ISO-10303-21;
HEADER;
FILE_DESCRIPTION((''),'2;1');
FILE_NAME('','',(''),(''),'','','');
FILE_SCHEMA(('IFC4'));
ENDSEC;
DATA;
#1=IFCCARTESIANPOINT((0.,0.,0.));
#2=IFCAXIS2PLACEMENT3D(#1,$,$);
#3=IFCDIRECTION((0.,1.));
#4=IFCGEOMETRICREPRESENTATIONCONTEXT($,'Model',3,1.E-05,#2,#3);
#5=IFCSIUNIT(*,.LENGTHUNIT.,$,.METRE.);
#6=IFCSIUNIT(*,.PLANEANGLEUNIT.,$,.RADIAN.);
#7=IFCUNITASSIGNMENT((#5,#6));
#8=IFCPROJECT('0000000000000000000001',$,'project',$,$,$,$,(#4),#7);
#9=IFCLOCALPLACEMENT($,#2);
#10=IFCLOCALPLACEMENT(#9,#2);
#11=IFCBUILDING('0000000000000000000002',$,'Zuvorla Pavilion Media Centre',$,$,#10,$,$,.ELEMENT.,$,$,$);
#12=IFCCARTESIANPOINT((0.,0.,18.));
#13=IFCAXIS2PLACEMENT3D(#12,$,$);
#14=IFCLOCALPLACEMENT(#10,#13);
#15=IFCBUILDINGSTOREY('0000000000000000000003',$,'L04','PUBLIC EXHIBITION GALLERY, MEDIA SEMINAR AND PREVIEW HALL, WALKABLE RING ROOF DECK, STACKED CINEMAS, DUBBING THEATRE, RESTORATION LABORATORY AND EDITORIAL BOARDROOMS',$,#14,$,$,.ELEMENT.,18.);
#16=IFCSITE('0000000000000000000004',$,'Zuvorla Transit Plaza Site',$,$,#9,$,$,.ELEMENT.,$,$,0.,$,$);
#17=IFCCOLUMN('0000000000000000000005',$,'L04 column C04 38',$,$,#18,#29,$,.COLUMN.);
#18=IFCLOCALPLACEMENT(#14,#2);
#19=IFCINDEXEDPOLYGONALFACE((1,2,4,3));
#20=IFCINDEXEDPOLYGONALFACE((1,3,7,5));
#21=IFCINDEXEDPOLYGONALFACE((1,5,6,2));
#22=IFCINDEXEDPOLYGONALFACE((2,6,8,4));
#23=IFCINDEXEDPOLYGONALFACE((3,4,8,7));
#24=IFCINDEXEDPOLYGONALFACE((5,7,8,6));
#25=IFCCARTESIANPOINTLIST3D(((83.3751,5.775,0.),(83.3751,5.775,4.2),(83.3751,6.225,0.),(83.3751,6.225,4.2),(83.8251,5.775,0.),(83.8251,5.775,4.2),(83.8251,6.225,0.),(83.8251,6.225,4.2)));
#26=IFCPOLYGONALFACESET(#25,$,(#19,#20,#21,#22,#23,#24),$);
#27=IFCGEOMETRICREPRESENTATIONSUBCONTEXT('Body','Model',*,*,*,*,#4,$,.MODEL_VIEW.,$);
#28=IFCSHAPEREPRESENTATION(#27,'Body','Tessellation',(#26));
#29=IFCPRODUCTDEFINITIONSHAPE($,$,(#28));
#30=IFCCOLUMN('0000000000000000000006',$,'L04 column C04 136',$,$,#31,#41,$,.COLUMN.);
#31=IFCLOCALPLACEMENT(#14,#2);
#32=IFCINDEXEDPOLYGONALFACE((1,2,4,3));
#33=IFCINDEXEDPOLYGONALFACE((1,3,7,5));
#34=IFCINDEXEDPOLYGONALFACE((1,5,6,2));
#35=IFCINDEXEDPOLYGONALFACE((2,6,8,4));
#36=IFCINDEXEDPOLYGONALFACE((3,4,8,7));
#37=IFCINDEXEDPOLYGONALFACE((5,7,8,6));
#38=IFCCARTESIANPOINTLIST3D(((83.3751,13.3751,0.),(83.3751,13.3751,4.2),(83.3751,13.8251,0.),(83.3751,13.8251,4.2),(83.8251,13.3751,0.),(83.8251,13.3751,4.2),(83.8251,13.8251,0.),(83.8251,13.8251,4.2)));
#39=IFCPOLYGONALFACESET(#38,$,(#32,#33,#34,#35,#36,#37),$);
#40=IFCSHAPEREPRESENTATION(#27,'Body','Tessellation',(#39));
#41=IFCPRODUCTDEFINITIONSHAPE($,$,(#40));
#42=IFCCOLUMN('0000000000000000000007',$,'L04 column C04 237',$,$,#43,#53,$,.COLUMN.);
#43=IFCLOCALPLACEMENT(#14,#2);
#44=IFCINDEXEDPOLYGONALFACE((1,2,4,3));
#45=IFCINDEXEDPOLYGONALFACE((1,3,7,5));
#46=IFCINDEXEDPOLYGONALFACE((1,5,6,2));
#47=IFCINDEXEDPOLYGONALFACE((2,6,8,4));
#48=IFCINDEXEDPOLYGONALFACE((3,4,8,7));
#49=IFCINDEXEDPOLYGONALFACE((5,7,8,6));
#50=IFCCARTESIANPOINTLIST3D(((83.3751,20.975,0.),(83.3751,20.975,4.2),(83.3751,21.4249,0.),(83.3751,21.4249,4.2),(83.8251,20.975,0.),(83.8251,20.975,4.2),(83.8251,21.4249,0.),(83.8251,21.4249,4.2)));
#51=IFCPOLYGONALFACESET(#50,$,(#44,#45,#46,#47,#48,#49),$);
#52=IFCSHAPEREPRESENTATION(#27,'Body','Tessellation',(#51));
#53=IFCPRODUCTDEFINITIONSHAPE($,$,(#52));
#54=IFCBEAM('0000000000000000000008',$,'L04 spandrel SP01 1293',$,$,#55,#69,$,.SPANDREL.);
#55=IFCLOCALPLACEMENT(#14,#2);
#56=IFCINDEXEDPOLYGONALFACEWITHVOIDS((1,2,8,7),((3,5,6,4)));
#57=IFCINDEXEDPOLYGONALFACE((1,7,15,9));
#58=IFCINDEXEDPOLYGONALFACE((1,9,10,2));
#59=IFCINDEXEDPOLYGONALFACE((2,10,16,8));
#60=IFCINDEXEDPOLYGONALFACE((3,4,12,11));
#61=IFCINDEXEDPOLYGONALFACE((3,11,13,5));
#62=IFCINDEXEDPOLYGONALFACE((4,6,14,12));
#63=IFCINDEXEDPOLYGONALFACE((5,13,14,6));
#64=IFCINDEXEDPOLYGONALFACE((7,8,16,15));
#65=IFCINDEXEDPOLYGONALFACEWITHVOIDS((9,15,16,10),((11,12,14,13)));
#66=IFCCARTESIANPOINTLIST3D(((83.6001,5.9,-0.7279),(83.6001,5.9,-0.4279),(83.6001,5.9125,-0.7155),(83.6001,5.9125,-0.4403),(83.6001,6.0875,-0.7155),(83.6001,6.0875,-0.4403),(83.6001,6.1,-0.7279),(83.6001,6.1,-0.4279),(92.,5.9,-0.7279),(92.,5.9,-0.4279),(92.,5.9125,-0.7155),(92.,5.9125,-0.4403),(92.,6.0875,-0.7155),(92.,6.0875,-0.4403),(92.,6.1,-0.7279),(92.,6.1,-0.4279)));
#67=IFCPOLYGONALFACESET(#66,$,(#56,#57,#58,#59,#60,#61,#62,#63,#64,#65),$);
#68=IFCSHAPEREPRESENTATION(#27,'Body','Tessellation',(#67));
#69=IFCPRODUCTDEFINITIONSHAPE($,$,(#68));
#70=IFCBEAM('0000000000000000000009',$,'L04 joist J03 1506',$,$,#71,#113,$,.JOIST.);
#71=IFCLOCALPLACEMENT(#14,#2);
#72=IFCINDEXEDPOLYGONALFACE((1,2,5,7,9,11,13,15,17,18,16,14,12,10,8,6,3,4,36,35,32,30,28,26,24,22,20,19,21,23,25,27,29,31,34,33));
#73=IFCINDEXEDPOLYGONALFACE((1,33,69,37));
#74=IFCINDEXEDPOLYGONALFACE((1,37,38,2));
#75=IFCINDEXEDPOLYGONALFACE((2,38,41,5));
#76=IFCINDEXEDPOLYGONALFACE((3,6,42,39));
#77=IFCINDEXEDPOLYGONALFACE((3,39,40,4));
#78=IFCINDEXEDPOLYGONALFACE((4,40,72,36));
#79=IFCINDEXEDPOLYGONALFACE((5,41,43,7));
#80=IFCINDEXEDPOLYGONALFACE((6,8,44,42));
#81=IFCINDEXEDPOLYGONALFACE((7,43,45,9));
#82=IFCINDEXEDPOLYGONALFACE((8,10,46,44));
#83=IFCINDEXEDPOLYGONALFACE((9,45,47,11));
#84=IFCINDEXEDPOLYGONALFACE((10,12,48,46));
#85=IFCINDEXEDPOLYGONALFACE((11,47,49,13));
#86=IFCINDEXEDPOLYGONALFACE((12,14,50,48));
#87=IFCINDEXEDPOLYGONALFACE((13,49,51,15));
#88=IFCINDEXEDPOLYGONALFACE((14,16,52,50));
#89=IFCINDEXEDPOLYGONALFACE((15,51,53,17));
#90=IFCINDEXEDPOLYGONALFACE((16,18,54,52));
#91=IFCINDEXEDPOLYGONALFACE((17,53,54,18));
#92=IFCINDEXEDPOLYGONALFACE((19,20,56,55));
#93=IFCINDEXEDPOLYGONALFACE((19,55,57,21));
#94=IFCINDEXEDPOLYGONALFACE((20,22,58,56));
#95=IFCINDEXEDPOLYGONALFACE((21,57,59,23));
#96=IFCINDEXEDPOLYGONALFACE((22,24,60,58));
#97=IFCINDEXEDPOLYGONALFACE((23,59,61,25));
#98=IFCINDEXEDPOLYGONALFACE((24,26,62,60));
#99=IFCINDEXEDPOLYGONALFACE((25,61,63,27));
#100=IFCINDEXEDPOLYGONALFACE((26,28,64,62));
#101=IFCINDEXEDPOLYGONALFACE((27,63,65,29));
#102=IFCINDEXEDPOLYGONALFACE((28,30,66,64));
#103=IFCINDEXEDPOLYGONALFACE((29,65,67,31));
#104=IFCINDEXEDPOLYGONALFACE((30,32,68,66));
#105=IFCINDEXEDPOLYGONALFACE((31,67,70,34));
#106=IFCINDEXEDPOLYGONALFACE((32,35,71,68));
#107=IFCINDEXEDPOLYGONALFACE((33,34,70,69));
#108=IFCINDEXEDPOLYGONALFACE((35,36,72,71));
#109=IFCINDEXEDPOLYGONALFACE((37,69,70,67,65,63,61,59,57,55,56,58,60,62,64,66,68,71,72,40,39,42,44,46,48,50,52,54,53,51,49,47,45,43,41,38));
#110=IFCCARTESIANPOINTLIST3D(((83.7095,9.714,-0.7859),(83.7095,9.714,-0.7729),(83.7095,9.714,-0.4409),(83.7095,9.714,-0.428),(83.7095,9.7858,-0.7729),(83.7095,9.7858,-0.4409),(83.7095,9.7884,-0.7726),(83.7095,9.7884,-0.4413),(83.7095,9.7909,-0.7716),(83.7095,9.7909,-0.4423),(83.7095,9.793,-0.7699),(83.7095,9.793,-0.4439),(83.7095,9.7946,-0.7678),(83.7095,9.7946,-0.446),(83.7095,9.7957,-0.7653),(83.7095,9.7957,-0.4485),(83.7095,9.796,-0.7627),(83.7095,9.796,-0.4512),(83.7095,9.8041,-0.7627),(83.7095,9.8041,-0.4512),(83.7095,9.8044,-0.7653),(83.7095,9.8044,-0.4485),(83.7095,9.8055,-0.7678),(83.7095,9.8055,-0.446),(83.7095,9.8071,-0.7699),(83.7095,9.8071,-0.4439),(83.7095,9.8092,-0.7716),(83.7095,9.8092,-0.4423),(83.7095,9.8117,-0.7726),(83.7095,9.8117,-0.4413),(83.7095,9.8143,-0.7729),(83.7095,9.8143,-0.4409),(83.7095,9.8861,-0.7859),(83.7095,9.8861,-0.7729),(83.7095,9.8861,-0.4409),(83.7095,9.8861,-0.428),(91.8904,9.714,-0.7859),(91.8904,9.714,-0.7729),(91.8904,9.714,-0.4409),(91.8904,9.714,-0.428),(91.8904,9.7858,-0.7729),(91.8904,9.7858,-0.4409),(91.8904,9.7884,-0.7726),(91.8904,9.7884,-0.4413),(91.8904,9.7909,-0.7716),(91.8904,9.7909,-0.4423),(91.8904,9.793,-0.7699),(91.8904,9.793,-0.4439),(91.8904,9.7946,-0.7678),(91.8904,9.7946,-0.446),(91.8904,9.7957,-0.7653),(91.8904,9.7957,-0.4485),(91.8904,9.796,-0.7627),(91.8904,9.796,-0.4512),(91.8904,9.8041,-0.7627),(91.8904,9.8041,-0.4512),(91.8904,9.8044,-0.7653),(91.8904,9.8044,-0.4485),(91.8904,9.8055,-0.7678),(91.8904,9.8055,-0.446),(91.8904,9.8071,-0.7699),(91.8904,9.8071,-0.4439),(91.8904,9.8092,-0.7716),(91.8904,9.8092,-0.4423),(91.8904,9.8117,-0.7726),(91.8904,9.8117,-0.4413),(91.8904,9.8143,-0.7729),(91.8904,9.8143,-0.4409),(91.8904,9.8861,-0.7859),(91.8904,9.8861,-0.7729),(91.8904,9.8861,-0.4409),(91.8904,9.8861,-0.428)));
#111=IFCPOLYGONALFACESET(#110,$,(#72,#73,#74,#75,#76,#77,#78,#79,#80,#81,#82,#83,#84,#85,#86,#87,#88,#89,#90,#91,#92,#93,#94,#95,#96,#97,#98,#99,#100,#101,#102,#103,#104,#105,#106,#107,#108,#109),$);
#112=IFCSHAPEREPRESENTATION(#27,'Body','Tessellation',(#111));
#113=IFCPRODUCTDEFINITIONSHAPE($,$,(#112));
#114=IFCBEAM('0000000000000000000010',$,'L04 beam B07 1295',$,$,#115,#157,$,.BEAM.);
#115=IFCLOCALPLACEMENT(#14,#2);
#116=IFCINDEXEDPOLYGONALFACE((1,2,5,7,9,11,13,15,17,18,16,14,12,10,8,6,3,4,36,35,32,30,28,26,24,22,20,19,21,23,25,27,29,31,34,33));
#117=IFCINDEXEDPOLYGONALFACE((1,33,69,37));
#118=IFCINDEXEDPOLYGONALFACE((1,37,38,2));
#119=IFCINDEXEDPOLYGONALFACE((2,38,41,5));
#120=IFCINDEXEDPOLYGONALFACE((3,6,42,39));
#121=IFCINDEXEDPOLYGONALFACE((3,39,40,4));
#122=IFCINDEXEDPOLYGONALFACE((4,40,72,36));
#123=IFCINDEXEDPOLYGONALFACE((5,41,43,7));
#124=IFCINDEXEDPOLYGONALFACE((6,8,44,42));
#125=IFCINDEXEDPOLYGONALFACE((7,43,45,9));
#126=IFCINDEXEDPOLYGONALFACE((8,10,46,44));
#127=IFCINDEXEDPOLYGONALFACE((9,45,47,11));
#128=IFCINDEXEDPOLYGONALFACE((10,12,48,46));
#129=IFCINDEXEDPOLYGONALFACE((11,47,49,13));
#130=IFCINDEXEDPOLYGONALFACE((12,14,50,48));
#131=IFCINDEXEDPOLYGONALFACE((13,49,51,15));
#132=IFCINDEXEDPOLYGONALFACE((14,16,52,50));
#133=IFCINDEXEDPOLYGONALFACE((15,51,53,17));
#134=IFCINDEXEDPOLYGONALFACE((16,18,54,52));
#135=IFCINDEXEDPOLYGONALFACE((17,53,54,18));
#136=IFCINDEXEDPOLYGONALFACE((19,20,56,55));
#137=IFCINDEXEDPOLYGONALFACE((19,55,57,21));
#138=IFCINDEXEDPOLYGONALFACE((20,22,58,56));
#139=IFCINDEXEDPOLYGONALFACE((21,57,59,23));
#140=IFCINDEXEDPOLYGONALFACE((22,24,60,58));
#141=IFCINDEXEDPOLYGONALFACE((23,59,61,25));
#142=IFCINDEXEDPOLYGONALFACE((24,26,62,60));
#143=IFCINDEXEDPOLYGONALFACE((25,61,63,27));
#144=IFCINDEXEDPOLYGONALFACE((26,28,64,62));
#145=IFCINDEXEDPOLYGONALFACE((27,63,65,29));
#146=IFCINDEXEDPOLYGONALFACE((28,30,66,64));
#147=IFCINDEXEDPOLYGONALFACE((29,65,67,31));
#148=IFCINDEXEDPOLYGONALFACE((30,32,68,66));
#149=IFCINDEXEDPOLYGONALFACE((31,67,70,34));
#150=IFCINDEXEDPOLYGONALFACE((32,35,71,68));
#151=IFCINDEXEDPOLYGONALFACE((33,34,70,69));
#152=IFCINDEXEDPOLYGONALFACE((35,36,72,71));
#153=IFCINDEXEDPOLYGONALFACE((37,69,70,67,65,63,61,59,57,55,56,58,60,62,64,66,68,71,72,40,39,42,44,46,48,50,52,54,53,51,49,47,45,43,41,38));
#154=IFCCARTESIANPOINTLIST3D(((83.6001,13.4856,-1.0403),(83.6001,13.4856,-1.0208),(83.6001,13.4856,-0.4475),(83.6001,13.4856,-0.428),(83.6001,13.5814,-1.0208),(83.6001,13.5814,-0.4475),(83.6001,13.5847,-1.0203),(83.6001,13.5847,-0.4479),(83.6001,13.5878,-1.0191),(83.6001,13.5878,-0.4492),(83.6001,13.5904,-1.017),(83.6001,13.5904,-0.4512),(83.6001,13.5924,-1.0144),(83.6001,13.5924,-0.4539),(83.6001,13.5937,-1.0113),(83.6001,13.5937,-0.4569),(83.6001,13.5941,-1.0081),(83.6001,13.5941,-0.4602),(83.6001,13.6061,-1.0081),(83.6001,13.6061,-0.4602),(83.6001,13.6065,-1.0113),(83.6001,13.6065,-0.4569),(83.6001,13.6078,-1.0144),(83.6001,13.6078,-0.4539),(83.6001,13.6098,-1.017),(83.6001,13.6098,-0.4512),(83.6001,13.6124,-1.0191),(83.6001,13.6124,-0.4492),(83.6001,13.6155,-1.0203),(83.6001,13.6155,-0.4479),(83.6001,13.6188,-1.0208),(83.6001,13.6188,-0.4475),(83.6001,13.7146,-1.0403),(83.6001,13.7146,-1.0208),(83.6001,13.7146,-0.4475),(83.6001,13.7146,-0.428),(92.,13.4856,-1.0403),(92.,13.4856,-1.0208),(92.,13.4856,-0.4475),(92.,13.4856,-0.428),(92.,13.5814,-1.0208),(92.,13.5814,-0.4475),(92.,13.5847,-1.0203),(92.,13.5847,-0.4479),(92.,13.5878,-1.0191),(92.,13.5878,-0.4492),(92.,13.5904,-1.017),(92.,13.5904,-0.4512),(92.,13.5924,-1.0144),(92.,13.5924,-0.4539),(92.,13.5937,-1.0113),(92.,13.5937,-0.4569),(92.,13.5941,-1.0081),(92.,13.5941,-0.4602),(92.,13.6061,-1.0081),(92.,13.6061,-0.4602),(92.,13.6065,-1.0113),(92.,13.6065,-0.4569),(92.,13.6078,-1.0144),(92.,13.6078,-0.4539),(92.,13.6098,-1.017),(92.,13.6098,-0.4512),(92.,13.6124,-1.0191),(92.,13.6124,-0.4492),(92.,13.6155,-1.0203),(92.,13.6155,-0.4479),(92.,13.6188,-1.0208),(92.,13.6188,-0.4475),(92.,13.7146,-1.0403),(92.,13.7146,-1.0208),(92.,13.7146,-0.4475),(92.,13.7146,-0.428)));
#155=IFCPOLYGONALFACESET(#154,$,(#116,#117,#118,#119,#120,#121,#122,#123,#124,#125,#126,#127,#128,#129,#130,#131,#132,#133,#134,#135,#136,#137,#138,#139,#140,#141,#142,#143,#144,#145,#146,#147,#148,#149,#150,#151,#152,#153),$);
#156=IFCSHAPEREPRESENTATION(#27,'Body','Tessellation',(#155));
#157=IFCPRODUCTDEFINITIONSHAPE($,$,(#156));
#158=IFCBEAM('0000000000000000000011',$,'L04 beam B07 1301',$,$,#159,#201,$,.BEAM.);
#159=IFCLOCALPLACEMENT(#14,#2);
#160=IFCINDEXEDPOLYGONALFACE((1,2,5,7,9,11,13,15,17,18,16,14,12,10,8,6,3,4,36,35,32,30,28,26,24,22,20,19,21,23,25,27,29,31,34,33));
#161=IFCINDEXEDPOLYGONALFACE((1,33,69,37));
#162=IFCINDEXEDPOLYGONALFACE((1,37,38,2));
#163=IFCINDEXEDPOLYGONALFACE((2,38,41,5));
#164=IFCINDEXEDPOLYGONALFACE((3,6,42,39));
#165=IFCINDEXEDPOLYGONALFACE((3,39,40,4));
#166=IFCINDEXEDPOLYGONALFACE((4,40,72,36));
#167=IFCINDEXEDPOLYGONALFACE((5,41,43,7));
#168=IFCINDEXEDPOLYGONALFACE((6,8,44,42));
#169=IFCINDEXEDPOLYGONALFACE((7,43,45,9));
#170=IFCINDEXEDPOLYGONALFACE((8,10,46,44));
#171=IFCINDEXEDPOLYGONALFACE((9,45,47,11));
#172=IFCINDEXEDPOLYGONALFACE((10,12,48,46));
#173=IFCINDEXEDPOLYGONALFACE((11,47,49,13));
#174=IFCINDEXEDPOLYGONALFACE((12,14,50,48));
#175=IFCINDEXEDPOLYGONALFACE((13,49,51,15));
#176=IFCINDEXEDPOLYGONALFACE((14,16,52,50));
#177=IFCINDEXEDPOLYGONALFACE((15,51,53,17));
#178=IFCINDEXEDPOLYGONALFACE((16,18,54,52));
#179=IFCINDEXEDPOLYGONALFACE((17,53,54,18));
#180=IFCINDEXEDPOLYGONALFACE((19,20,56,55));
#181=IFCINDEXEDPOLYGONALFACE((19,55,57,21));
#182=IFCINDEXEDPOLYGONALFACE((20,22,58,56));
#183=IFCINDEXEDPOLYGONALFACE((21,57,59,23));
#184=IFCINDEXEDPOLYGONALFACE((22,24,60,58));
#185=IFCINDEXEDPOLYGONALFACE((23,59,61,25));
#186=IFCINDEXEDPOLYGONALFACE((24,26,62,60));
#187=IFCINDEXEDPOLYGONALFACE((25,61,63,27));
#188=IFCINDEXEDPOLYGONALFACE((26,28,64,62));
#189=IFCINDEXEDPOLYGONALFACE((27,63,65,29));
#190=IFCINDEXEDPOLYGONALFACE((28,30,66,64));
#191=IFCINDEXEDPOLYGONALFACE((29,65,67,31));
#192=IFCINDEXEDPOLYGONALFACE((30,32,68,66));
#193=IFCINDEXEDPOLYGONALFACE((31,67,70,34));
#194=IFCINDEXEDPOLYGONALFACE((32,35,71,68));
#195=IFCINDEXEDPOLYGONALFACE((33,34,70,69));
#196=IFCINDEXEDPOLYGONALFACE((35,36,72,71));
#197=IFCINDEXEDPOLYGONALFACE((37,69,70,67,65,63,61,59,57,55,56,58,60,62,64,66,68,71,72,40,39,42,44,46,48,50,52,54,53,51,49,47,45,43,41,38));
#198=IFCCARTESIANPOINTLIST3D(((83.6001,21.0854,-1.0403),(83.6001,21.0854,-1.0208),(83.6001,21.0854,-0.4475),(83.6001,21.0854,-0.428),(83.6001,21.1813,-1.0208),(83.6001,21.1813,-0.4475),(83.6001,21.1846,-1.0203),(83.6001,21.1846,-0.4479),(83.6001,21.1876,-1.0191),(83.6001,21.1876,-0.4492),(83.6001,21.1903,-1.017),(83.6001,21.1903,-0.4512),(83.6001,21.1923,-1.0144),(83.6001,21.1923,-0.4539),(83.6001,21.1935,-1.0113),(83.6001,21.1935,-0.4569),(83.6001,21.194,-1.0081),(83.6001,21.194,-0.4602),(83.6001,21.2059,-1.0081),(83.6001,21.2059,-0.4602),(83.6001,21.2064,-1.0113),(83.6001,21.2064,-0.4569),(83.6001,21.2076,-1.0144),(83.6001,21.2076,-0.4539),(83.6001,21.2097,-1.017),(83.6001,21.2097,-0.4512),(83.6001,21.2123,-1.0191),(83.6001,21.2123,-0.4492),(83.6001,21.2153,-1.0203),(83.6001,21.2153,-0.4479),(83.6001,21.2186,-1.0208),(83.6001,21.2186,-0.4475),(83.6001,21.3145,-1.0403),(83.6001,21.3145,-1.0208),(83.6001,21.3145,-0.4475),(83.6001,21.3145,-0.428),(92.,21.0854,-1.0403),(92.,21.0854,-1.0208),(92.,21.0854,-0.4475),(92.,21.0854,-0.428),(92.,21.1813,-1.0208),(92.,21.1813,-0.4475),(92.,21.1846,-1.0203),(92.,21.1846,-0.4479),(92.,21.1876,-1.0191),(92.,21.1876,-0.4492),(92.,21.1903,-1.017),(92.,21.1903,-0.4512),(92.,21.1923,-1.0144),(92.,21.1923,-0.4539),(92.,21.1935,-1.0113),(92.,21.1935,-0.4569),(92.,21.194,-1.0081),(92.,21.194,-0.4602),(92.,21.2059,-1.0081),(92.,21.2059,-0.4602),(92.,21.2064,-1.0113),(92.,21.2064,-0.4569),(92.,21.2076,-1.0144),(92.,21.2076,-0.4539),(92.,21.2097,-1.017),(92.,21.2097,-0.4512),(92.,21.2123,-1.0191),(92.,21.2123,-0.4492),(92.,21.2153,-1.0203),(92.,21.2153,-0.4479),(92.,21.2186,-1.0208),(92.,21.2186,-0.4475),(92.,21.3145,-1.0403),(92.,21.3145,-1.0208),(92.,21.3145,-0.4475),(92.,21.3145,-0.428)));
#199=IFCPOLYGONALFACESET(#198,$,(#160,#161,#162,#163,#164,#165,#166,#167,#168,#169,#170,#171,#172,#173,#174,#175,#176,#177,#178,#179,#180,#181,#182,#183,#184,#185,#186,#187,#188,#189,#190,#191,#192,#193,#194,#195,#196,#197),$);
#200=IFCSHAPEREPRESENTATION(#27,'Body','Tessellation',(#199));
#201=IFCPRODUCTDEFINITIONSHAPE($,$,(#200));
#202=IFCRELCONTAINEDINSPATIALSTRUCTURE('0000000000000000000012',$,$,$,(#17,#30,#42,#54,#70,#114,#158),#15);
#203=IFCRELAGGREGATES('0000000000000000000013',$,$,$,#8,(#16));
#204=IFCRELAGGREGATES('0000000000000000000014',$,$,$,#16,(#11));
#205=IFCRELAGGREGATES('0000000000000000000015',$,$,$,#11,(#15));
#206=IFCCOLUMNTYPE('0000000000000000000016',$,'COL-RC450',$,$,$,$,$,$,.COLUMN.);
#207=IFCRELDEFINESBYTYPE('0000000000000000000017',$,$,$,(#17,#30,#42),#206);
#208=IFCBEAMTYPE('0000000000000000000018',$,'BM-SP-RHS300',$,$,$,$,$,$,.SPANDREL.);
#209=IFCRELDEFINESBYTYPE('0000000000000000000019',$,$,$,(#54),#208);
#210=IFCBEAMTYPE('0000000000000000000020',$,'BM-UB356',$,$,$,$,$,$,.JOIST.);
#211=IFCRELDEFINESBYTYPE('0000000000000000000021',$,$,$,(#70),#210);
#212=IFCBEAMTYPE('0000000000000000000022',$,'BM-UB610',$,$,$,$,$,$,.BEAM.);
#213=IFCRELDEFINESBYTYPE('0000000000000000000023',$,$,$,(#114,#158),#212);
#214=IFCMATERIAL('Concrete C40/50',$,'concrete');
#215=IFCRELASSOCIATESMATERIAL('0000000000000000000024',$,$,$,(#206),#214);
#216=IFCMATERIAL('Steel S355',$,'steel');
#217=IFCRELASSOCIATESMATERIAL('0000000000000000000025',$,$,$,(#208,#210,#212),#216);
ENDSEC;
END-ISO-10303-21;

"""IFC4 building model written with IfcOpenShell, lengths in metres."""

from ifc_helpers import new_model, si_unit, direction, frame, origin, origin_2d, place, context, subcontext, project, spatial, rectangle, hollow_rectangle, i_section, extrude, material, material_profile, profile_set, type_object, element, save


model = new_model("IFC4")

# Units and contexts
model_context = context("Model", 3, precision=1e-05, world=origin(), true_north=direction((0.0, 1.0)))
body_context = subcontext(model_context, "Body", "Model", "MODEL_VIEW")
ifc_project = project(units=[si_unit("LENGTHUNIT", "METRE"), si_unit("PLANEANGLEUNIT", "RADIAN")], contexts=[model_context])

# Site, building, storey
site_placement = place(None, origin())
site = spatial("IfcSite", under=ifc_project, at=site_placement, Name="Zuvorla Transit Plaza Site", CompositionType="ELEMENT", RefElevation=0.0)
building_placement = place(site_placement, origin())
building = spatial("IfcBuilding", under=site, at=building_placement, Name="Zuvorla Pavilion Media Centre", CompositionType="ELEMENT")
storey_placement = place(building_placement, frame((0.0, 0.0, 18.0)))
storey = spatial("IfcBuildingStorey", under=building, at=storey_placement, Name="L04", Description="PUBLIC EXHIBITION GALLERY, MEDIA SEMINAR AND PREVIEW HALL, WALKABLE RING ROOF DECK, STACKED CINEMAS, DUBBING THEATRE, RESTORATION LABORATORY AND EDITORIAL BOARDROOMS", CompositionType="ELEMENT", Elevation=18.0)

# Columns
ifc_material_1 = material(Name="Concrete C40/50", Category="concrete")
ifc_material_profile_1 = material_profile(ifc_material_1, rectangle(XDim=0.45, YDim=0.45, at=origin_2d()), Name="RC 450x450")
ifc_profile_set_1 = profile_set([ifc_material_profile_1], Name="Concrete C40/50")
column_type = type_object("IfcColumnType", Name="COL-RC450", PredefinedType="COLUMN", material=ifc_profile_set_1)
for number, where, z_axis, x_axis, name in (
    (1, (83.6001, 6.0, 0.0), (0.0, 0.0, 1.0), (1.0, 0.0, 0.0), "L04 column C04 38"),
    (2, (83.6001, 13.6001, 0.0), (0.0, 0.0, 1.0), (1.0, 0.0, 0.0), "L04 column C04 136"),
    (3, (83.6001, 21.2, 0.0), (0.0, 0.0, 1.0), (1.0, 0.0, 0.0), "L04 column C04 237"),
):
    element("IfcColumn", number, at=place(storey_placement, frame(where, z_axis=z_axis, x_axis=x_axis)), inside=storey, type_object=column_type, Name=name, PredefinedType="COLUMN", context=body_context, shape_type="SweptSolid", body=[
        extrude(rectangle(XDim=0.45, YDim=0.45, at=origin_2d()), origin(), (0.0, 0.0, 1.0), 4.2),
    ])

# Beams
ifc_material_2 = material(Name="Steel S355", Category="steel")
ifc_material_profile_2 = material_profile(ifc_material_2, hollow_rectangle(XDim=0.2, YDim=0.3, WallThickness=0.0125, at=origin_2d()), Name="RHS 300x200x12.5")
ifc_profile_set_2 = profile_set([ifc_material_profile_2], Name="Steel S355")
beam_type_1 = type_object("IfcBeamType", Name="BM-SP-RHS300", PredefinedType="SPANDREL", material=ifc_profile_set_2)
beam_1_placement = place(storey_placement, frame((83.6001, 6.0, -0.5779), z_axis=(1.0, 0.0, 0.0), x_axis=(0.0, 1.0, 0.0)))
element("IfcBeam", 4, at=beam_1_placement, inside=storey, type_object=beam_type_1, Name="L04 spandrel SP01 1293", PredefinedType="SPANDREL", context=body_context, shape_type="SweptSolid", body=[
    extrude(hollow_rectangle(XDim=0.2, YDim=0.3, WallThickness=0.0125, at=origin_2d()), origin(), (0.0, 0.0, 1.0), 8.3999),
])
ifc_material_profile_3 = material_profile(ifc_material_2, i_section(OverallWidth=0.1721, OverallDepth=0.3579, WebThickness=0.0081, FlangeThickness=0.0129, FilletRadius=0.0103, at=origin_2d()), Name="UB 356x171x57")
ifc_profile_set_3 = profile_set([ifc_material_profile_3], Name="Steel S355")
beam_type_2 = type_object("IfcBeamType", Name="BM-UB356", PredefinedType="JOIST", material=ifc_profile_set_3)
beam_2_placement = place(storey_placement, frame((83.7095, 9.8, -0.6069), z_axis=(1.0, 0.0, 0.0), x_axis=(0.0, 1.0, 0.0)))
element("IfcBeam", 5, at=beam_2_placement, inside=storey, type_object=beam_type_2, Name="L04 joist J03 1506", PredefinedType="JOIST", context=body_context, shape_type="SweptSolid", body=[
    extrude(i_section(OverallWidth=0.1721, OverallDepth=0.3579, WebThickness=0.0081, FlangeThickness=0.0129, FilletRadius=0.0103, at=origin_2d()), origin(), (0.0, 0.0, 1.0), 8.1809),
])
ifc_material_profile_4 = material_profile(ifc_material_2, i_section(OverallWidth=0.229, OverallDepth=0.6123, WebThickness=0.012, FlangeThickness=0.0195, FilletRadius=0.0127, at=origin_2d()), Name="UB 610x229x125")
ifc_profile_set_4 = profile_set([ifc_material_profile_4], Name="Steel S355")
beam_type_3 = type_object("IfcBeamType", Name="BM-UB610", PredefinedType="BEAM", material=ifc_profile_set_4)
for number, where, z_axis, x_axis, name in (
    (6, (83.6001, 13.6001, -0.7341), (1.0, 0.0, 0.0), (0.0, 1.0, 0.0), "L04 beam B07 1295"),
    (7, (83.6001, 21.2, -0.7341), (1.0, 0.0, 0.0), (0.0, 1.0, 0.0), "L04 beam B07 1301"),
):
    element("IfcBeam", number, at=place(storey_placement, frame(where, z_axis=z_axis, x_axis=x_axis)), inside=storey, type_object=beam_type_3, Name=name, PredefinedType="BEAM", context=body_context, shape_type="SweptSolid", body=[
        extrude(i_section(OverallWidth=0.229, OverallDepth=0.6123, WebThickness=0.012, FlangeThickness=0.0195, FilletRadius=0.0127, at=origin_2d()), origin(), (0.0, 0.0, 1.0), 8.3999),
    ])

save(model, "model.ifc")
